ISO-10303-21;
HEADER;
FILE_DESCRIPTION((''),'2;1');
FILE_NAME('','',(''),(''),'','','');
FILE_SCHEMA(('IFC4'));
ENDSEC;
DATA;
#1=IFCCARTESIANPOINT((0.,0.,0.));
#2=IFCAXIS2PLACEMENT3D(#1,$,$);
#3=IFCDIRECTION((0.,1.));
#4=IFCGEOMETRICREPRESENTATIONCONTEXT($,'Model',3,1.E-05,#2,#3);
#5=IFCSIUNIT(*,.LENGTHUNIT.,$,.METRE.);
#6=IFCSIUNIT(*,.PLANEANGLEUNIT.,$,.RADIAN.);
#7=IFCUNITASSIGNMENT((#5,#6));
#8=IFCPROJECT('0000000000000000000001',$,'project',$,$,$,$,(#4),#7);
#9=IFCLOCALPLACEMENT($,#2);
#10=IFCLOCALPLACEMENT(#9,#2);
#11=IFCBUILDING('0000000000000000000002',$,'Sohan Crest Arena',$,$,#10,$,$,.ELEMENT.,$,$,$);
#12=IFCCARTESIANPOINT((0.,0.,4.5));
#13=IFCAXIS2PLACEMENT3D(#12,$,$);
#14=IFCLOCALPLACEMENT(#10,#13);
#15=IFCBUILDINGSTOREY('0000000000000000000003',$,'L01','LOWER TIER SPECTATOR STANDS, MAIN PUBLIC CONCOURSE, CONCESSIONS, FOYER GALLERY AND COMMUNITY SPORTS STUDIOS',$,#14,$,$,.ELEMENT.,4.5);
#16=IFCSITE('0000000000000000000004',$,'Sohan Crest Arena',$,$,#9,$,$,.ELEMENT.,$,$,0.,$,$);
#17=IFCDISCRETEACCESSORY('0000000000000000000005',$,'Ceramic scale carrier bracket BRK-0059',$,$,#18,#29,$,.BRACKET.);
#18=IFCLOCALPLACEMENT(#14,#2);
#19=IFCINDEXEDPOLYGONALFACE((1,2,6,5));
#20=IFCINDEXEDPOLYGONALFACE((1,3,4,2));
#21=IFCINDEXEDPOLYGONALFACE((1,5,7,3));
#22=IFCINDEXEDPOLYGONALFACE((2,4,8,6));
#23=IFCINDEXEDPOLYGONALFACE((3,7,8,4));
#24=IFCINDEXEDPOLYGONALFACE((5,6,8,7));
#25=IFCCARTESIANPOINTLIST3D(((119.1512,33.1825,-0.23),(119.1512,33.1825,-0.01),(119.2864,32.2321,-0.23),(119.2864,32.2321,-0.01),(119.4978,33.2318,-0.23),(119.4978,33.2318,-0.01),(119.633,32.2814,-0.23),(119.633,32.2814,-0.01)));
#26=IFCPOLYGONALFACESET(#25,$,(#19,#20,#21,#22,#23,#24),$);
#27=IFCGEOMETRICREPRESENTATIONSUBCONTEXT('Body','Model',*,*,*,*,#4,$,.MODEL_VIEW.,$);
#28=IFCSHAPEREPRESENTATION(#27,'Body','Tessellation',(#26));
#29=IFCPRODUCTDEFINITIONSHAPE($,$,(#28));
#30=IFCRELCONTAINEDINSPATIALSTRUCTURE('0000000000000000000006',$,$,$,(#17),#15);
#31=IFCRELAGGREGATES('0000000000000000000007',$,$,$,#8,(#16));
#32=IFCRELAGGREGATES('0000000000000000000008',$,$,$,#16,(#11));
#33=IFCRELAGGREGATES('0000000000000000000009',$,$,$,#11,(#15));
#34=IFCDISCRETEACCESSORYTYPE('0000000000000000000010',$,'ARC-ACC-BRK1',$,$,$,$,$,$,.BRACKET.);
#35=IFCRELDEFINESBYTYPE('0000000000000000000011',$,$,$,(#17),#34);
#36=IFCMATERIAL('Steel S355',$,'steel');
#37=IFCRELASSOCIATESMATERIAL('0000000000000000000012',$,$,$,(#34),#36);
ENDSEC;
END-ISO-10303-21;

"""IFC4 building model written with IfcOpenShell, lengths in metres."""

from ifc_helpers import new_model, si_unit, direction, frame, origin, origin_2d, place, context, subcontext, project, spatial, rectangle, extrude, material, type_object, element, save


model = new_model("IFC4")

# Units and contexts
model_context = context("Model", 3, precision=1e-05, world=origin(), true_north=direction((0.0, 1.0)))
body_context = subcontext(model_context, "Body", "Model", "MODEL_VIEW")
ifc_project = project(units=[si_unit("LENGTHUNIT", "METRE"), si_unit("PLANEANGLEUNIT", "RADIAN")], contexts=[model_context])

# Site, building, storey
site_placement = place(None, origin())
site = spatial("IfcSite", under=ifc_project, at=site_placement, Name="Sohan Crest Arena", CompositionType="ELEMENT", RefElevation=0.0)
building_placement = place(site_placement, origin())
building = spatial("IfcBuilding", under=site, at=building_placement, Name="Sohan Crest Arena", CompositionType="ELEMENT")
storey_placement = place(building_placement, frame((0.0, 0.0, 4.5)))
storey = spatial("IfcBuildingStorey", under=building, at=storey_placement, Name="L01", Description="LOWER TIER SPECTATOR STANDS, MAIN PUBLIC CONCOURSE, CONCESSIONS, FOYER GALLERY AND COMMUNITY SPORTS STUDIOS", CompositionType="ELEMENT", Elevation=4.5)

# Shared definitions
ifc_material_1 = material(Name="Steel S355", Category="steel")

# Discrete accessory
discrete_accessory_type = type_object("IfcDiscreteAccessoryType", Name="ARC-ACC-BRK1", PredefinedType="BRACKET", material=ifc_material_1)
for number, where, z_axis, x_axis, name in (
    (1, (119.3921, 32.7319, -0.23), (0.0, 0.0, 1.0), (0.990024, 0.140901, 0.0), "Ceramic scale carrier bracket BRK-0059"),
):
    element("IfcDiscreteAccessory", number, at=place(storey_placement, frame(where, z_axis=z_axis, x_axis=x_axis)), inside=storey, type_object=discrete_accessory_type, Name=name, PredefinedType="BRACKET", context=body_context, shape_type="SweptSolid", body=[
        extrude(rectangle(XDim=0.3501, YDim=0.96, at=origin_2d()), origin(), (0.0, 0.0, 1.0), 0.22),
    ])

save(model, "model.ifc")
